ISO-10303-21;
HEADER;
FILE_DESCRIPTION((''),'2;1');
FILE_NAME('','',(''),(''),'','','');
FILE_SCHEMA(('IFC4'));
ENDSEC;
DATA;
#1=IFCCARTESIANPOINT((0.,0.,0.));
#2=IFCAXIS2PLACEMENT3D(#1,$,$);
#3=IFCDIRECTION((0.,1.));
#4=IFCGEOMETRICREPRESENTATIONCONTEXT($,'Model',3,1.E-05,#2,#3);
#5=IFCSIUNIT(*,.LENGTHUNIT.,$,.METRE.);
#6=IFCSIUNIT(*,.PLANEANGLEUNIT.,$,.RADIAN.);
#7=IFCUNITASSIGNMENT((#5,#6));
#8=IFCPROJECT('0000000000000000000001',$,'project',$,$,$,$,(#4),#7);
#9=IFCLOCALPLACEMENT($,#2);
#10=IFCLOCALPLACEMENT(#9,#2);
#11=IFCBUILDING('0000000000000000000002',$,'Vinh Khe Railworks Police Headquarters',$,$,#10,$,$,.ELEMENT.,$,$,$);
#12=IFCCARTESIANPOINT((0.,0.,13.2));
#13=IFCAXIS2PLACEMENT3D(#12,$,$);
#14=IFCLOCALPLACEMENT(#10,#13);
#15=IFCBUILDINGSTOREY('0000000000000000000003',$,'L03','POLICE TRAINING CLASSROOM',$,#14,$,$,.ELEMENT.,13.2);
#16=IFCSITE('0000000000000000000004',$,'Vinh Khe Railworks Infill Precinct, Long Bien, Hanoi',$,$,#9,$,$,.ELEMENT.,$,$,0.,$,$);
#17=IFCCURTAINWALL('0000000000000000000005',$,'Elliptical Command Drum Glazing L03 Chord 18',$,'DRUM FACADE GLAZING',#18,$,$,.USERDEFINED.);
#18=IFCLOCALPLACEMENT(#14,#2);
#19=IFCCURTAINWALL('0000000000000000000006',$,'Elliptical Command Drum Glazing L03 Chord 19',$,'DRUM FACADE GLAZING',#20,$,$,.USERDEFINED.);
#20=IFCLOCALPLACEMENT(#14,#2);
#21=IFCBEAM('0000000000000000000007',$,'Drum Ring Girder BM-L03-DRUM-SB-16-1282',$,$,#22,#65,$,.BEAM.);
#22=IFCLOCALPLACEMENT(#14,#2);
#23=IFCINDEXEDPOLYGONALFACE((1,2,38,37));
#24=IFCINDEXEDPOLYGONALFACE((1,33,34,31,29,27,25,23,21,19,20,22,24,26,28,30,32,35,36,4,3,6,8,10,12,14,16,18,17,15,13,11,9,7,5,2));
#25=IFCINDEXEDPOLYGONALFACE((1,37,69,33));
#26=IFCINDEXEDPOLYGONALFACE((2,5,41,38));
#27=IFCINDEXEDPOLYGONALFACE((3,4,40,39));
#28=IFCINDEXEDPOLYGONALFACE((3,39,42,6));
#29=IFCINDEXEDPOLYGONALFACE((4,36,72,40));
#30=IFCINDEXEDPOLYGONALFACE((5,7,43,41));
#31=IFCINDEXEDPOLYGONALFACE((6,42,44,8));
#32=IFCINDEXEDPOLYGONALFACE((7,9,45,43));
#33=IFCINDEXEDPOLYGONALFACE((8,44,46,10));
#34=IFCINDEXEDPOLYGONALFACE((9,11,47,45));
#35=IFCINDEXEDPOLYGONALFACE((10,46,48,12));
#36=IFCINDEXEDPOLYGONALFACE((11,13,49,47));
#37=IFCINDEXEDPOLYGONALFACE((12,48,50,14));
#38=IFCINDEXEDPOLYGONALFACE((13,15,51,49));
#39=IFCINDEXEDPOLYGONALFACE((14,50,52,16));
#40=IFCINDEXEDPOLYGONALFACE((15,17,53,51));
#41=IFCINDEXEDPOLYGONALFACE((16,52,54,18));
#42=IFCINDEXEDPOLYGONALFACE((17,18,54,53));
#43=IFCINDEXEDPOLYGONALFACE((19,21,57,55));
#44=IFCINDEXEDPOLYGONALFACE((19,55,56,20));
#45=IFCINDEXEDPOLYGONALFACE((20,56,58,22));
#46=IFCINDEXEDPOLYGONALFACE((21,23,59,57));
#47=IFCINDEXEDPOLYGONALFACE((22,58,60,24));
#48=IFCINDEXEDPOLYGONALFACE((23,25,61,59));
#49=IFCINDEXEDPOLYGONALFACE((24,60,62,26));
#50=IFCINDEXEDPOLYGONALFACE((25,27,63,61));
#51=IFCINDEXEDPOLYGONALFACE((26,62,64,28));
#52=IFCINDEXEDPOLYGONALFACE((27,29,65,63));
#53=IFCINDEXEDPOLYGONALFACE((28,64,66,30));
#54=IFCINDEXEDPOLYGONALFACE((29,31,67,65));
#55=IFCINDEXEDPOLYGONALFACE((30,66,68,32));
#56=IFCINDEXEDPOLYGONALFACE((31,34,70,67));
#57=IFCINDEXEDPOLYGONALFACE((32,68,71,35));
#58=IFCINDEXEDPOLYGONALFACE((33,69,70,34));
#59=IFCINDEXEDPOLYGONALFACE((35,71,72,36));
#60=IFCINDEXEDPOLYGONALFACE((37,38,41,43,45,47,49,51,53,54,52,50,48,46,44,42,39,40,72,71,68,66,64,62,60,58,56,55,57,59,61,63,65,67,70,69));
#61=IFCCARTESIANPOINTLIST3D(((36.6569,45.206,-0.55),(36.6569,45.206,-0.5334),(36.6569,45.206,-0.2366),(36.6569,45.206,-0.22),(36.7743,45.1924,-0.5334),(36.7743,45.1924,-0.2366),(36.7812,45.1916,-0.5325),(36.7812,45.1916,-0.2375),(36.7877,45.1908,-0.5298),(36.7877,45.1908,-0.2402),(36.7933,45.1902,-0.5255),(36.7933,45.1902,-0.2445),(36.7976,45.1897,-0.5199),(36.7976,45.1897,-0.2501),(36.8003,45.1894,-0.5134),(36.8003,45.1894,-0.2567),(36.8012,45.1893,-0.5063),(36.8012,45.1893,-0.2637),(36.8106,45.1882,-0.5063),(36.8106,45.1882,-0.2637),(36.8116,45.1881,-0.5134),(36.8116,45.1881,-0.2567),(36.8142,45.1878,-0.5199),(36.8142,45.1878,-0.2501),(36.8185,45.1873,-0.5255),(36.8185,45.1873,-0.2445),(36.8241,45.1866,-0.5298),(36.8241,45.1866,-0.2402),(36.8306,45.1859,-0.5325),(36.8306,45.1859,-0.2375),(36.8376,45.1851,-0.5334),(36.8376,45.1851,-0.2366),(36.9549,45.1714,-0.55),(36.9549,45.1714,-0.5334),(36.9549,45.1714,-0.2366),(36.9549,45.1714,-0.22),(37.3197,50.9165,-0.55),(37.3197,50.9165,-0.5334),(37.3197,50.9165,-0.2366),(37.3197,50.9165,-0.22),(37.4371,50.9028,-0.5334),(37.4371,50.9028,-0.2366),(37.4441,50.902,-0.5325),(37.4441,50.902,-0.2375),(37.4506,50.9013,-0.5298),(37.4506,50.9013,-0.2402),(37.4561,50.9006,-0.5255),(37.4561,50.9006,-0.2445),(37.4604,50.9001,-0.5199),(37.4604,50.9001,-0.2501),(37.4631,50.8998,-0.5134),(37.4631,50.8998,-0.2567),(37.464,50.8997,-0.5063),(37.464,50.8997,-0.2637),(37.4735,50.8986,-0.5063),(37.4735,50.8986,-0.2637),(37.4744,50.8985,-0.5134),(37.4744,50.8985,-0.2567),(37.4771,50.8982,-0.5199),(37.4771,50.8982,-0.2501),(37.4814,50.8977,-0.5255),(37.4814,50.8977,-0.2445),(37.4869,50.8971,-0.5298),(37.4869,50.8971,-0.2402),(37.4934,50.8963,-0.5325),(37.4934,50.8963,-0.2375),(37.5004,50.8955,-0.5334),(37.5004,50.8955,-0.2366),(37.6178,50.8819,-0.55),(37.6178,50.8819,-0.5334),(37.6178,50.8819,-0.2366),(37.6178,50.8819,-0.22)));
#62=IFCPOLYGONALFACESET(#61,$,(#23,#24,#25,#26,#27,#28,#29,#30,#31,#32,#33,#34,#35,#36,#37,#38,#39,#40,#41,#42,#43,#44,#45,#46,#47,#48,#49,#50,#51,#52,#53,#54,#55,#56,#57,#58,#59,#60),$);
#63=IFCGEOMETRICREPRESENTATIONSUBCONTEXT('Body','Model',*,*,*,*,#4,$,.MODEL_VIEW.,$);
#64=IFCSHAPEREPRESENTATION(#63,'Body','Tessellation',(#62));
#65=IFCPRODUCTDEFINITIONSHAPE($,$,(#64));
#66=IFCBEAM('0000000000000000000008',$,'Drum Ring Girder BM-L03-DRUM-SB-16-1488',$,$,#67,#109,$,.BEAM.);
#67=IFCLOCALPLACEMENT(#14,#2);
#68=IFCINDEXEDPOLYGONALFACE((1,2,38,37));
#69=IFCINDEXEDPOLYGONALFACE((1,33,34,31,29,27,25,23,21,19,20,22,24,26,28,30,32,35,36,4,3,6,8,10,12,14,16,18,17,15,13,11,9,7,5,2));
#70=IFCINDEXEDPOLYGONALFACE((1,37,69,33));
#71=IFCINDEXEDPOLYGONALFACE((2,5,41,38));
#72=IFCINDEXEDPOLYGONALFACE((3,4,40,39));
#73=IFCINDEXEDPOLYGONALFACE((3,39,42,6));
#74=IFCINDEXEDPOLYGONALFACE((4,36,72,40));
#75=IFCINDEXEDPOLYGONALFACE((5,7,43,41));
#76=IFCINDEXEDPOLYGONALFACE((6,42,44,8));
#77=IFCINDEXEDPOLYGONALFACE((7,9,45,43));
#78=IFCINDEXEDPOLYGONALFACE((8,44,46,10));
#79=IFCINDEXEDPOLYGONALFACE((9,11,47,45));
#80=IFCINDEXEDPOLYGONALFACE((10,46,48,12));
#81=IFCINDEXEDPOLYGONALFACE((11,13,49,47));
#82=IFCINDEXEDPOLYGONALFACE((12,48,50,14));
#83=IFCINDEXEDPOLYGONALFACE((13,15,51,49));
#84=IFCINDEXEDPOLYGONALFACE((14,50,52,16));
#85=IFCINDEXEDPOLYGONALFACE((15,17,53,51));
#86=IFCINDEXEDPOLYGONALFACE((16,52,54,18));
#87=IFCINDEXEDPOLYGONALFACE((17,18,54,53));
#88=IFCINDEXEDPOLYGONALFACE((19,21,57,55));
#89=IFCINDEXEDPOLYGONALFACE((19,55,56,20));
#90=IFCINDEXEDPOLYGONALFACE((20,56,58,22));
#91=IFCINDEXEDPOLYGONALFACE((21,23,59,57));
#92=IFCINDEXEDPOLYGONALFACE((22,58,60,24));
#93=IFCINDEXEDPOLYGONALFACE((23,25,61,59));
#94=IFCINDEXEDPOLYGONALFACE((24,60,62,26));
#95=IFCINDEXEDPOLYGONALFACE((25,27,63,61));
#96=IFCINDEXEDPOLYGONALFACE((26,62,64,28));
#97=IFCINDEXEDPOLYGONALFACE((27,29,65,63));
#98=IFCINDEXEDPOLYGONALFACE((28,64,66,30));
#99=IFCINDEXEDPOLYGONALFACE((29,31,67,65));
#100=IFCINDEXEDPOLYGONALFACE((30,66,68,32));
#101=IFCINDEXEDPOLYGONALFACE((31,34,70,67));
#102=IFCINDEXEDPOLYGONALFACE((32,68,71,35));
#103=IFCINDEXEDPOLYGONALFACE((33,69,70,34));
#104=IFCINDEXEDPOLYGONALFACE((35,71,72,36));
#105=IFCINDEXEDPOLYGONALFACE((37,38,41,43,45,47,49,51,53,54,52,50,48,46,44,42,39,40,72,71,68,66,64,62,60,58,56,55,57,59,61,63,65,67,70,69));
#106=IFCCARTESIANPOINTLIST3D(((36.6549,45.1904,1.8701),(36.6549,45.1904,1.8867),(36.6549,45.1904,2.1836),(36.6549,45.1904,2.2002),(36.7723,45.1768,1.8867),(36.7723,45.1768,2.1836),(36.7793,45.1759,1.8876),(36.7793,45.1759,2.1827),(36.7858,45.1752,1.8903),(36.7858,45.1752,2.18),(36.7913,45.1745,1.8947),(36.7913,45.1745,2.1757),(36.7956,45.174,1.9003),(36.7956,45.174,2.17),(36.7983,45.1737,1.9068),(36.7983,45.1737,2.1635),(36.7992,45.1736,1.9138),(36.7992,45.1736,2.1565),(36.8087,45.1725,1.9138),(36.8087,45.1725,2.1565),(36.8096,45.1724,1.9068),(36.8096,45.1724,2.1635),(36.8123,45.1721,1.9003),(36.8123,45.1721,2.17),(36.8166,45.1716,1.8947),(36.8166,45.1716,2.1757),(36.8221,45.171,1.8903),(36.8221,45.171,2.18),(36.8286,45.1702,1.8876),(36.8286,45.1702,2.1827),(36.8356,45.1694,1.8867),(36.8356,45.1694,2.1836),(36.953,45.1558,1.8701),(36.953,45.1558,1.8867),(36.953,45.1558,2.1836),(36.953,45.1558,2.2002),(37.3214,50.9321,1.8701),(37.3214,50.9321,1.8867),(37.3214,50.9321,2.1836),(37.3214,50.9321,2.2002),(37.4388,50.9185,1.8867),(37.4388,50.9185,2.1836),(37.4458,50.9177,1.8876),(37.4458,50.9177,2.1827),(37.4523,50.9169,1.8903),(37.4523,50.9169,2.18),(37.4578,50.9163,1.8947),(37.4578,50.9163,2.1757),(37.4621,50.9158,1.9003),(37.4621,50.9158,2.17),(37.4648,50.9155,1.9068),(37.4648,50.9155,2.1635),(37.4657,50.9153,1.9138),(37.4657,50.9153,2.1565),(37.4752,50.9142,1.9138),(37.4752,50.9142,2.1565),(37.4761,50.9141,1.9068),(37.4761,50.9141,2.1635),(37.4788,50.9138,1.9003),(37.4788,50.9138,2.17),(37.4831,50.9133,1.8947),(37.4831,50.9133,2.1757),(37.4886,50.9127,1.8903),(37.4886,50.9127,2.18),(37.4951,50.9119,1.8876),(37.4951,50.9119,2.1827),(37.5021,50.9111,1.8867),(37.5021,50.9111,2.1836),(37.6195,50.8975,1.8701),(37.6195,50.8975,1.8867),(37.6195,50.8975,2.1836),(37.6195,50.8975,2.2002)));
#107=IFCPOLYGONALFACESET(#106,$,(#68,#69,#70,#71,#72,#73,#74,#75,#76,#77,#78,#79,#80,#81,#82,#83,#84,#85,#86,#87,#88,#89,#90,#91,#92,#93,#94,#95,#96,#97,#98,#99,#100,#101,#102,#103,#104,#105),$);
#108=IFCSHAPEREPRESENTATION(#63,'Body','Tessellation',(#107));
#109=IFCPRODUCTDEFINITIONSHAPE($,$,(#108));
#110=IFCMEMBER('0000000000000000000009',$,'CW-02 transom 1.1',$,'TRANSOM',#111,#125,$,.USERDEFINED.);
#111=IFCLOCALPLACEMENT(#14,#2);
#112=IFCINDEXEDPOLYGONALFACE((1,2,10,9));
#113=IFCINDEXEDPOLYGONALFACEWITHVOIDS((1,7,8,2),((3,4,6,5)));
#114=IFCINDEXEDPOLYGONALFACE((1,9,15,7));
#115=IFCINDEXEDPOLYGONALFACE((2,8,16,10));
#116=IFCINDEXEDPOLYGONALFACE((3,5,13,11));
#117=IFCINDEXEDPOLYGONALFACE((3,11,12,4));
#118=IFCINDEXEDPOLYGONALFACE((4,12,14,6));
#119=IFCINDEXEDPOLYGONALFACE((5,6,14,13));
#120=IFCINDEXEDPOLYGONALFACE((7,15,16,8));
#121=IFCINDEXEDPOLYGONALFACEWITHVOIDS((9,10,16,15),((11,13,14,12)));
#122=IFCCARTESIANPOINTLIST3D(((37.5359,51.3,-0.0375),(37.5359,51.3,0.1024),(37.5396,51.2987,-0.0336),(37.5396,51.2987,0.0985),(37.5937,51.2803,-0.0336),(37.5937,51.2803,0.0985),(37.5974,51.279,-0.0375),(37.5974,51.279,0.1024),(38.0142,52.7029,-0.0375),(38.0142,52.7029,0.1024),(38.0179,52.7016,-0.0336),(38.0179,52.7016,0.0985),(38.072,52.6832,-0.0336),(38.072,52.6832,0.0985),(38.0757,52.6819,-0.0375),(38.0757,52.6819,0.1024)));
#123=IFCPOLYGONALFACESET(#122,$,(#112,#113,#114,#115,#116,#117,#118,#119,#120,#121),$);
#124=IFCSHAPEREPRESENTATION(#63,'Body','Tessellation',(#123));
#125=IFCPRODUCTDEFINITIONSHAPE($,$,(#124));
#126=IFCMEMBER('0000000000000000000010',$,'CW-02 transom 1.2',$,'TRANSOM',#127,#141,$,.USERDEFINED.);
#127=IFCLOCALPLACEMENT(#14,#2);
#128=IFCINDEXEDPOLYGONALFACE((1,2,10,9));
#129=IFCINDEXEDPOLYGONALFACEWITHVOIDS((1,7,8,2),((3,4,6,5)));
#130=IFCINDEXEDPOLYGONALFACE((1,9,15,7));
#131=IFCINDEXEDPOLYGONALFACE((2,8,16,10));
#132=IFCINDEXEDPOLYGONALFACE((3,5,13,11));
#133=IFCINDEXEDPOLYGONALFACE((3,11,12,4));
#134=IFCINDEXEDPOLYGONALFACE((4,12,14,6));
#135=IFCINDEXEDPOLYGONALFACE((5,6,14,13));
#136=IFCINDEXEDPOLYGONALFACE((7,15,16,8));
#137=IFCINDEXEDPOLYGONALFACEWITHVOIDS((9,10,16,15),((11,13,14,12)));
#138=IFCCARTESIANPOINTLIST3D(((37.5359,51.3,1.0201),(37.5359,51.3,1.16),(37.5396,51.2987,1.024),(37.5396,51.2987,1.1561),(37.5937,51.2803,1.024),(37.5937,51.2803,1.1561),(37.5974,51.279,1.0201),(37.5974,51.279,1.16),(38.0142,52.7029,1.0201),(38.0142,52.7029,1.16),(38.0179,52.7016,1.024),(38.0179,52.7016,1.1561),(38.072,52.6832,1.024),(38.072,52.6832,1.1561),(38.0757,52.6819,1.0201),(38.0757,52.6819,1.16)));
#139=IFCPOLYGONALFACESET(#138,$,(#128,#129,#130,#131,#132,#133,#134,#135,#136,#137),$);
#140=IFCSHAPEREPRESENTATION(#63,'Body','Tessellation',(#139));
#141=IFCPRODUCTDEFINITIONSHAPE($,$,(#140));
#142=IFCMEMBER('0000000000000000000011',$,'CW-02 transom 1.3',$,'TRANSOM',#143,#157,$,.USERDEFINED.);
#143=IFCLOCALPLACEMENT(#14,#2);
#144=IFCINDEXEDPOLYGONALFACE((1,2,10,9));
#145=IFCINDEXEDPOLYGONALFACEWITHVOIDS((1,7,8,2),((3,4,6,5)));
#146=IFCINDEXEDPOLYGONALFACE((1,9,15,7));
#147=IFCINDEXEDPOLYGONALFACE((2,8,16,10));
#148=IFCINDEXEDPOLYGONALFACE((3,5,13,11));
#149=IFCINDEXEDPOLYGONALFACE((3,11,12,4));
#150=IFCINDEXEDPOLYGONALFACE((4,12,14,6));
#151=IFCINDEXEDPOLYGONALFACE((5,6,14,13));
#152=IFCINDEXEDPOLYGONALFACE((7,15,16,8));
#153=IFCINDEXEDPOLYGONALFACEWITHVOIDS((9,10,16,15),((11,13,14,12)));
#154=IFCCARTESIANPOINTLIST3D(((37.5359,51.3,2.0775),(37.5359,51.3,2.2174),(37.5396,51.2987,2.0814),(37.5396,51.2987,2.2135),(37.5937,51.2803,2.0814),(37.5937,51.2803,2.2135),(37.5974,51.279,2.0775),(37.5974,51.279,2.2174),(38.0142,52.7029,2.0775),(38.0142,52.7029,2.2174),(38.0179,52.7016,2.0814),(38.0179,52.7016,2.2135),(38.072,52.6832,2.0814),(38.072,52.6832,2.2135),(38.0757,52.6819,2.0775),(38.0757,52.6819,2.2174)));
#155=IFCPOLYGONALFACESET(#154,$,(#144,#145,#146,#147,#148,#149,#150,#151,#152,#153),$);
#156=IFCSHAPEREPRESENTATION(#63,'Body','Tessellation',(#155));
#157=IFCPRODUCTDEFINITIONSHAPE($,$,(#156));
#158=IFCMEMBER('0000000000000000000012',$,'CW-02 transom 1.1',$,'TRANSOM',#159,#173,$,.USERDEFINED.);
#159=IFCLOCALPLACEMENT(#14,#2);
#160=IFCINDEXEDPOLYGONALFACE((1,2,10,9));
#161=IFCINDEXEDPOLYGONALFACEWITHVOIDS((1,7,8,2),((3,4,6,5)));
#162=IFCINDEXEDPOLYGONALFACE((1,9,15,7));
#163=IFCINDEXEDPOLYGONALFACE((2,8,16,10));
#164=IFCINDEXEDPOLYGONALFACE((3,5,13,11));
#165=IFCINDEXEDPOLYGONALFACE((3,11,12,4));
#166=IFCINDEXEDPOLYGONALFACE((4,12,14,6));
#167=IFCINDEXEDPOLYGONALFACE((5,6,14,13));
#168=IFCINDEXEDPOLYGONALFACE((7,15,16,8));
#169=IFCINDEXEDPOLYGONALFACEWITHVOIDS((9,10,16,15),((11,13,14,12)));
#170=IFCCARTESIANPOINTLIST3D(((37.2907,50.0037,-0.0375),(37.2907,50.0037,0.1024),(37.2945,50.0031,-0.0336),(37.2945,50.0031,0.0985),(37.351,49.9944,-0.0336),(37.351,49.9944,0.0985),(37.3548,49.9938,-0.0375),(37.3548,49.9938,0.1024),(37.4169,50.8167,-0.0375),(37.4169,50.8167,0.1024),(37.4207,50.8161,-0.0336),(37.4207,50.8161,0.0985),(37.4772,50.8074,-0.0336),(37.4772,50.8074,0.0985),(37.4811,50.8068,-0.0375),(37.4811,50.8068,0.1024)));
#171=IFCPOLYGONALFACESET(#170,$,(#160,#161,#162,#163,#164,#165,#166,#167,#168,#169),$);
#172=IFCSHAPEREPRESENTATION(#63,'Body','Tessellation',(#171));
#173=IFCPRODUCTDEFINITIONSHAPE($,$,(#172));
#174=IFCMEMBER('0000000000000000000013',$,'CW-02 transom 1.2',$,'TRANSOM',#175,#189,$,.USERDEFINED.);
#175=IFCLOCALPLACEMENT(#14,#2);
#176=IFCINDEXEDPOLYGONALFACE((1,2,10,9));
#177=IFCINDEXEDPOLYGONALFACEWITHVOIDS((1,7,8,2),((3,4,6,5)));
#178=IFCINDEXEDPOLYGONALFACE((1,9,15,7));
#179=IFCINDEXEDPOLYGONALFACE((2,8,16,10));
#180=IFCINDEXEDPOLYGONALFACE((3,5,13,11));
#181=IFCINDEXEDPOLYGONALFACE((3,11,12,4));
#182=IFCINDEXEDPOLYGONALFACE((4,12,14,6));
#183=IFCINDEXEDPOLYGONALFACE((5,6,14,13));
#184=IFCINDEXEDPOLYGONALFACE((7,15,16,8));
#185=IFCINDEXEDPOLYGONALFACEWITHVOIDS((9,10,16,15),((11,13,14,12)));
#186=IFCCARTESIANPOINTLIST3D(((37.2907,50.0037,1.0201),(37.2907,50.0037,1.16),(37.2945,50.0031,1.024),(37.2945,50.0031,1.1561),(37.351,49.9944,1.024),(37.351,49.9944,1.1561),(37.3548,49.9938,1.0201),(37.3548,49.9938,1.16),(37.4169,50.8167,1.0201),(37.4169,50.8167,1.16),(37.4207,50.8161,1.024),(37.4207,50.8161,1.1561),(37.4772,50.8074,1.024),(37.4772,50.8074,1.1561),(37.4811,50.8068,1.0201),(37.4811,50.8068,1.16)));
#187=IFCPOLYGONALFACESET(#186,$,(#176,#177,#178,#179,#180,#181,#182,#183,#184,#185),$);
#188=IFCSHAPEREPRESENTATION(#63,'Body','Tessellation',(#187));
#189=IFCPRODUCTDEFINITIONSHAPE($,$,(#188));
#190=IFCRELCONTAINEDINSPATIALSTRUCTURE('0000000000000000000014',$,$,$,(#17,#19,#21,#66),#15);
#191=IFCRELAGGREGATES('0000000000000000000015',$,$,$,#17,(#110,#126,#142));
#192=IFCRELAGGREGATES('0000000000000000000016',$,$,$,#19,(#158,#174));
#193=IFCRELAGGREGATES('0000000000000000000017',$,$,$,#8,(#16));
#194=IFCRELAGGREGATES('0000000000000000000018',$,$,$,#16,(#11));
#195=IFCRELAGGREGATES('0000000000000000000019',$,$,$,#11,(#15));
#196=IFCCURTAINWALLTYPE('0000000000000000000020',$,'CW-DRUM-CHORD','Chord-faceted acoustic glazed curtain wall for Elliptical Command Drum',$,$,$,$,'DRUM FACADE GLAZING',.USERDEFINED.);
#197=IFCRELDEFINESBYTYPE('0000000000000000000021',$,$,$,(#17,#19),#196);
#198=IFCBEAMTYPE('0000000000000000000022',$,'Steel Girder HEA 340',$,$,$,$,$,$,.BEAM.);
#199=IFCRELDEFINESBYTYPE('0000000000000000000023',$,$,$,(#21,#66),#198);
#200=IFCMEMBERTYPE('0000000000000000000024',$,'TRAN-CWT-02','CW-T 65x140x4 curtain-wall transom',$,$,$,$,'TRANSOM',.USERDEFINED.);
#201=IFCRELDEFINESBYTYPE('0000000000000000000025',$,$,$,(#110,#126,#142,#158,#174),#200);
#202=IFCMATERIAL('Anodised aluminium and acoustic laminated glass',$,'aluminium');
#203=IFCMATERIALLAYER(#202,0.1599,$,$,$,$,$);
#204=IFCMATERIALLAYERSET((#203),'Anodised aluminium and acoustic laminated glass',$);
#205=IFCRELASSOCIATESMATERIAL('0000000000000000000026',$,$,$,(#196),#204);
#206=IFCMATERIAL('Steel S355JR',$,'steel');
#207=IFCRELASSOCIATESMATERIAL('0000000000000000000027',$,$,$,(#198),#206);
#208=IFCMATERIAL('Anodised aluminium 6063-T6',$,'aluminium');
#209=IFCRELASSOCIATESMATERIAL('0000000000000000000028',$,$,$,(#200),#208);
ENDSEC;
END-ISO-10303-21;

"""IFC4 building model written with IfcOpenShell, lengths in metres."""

from ifc_helpers import new_model, si_unit, direction, frame, origin, origin_2d, place, context, subcontext, project, spatial, hollow_rectangle, i_section, extrude, material, layer, layer_set, material_profile, profile_set, type_object, element, aggregate, save


model = new_model("IFC4")

# Units and contexts
model_context = context("Model", 3, precision=1e-05, world=origin(), true_north=direction((0.0, 1.0)))
body_context = subcontext(model_context, "Body", "Model", "MODEL_VIEW")
ifc_project = project(units=[si_unit("LENGTHUNIT", "METRE"), si_unit("PLANEANGLEUNIT", "RADIAN")], contexts=[model_context])

# Site, building, storey
site_placement = place(None, origin())
site = spatial("IfcSite", under=ifc_project, at=site_placement, Name="Vinh Khe Railworks Infill Precinct, Long Bien, Hanoi", CompositionType="ELEMENT", RefElevation=0.0)
building_placement = place(site_placement, origin())
building = spatial("IfcBuilding", under=site, at=building_placement, Name="Vinh Khe Railworks Police Headquarters", CompositionType="ELEMENT")
storey_placement = place(building_placement, frame((0.0, 0.0, 13.2)))
storey = spatial("IfcBuildingStorey", under=building, at=storey_placement, Name="L03", Description="POLICE TRAINING CLASSROOM", CompositionType="ELEMENT", Elevation=13.2)

# Shared definitions
ifc_material_1 = material(Name="Steel S355JR", Category="steel")

# Shared definitions
ifc_material_2 = material(Name="Anodised aluminium and acoustic laminated glass", Category="aluminium")
ifc_layer_1 = layer(ifc_material_2, 0.1599)
ifc_layer_set_1 = layer_set([ifc_layer_1], Name="Anodised aluminium and acoustic laminated glass")
curtain_wall_type = type_object("IfcCurtainWallType", Name="CW-DRUM-CHORD", Description="Chord-faceted acoustic glazed curtain wall for Elliptical Command Drum", ElementType="DRUM FACADE GLAZING", PredefinedType="USERDEFINED", material=ifc_layer_set_1)
ifc_material_3 = material(Name="Anodised aluminium 6063-T6", Category="aluminium")

# Curtain walls
curtain_wall_1_placement = place(storey_placement, origin())
curtain_wall_1 = element("IfcCurtainWall", 1, at=curtain_wall_1_placement, inside=storey, type_object=curtain_wall_type, Name="Elliptical Command Drum Glazing L03 Chord 18", ObjectType="DRUM FACADE GLAZING", PredefinedType="USERDEFINED")
curtain_wall_2_placement = place(storey_placement, origin())
curtain_wall_2 = element("IfcCurtainWall", 2, at=curtain_wall_2_placement, inside=storey, type_object=curtain_wall_type, Name="Elliptical Command Drum Glazing L03 Chord 19", ObjectType="DRUM FACADE GLAZING", PredefinedType="USERDEFINED")

# Beams
ifc_material_profile_1 = material_profile(ifc_material_1, i_section(OverallWidth=0.3, OverallDepth=0.3301, WebThickness=0.0095, FlangeThickness=0.0166, FilletRadius=0.0271, at=origin_2d()), Name="HEA 340")
ifc_profile_set_1 = profile_set([ifc_material_profile_1], Name="Steel S355JR")
beam_type = type_object("IfcBeamType", Name="Steel Girder HEA 340", PredefinedType="BEAM", material=ifc_profile_set_1)
beam_1_placement = place(storey_placement, frame((37.4688, 50.8992, -0.385), z_axis=(-0.115301, -0.993331, 0.0), x_axis=(0.993331, -0.115301, 0.0)))
element("IfcBeam", 3, at=beam_1_placement, inside=storey, type_object=beam_type, Name="Drum Ring Girder BM-L03-DRUM-SB-16-1282", PredefinedType="BEAM", context=body_context, shape_type="SweptSolid", body=[
    extrude(i_section(OverallWidth=0.3, OverallDepth=0.3301, WebThickness=0.0095, FlangeThickness=0.0166, FilletRadius=0.0271, at=origin_2d()), origin(), (0.0, 0.0, 1.0), 5.7488),
])
beam_2_placement = place(storey_placement, frame((37.4705, 50.9148, 2.0352), z_axis=(-0.115307, -0.99333, 0.0), x_axis=(0.99333, -0.115307, 0.0)))
element("IfcBeam", 4, at=beam_2_placement, inside=storey, type_object=beam_type, Name="Drum Ring Girder BM-L03-DRUM-SB-16-1488", PredefinedType="BEAM", context=body_context, shape_type="SweptSolid", body=[
    extrude(i_section(OverallWidth=0.3, OverallDepth=0.3301, WebThickness=0.0095, FlangeThickness=0.0166, FilletRadius=0.0271, at=origin_2d()), origin(), (0.0, 0.0, 1.0), 5.7803),
])

# Members
ifc_material_profile_2 = material_profile(ifc_material_3, hollow_rectangle(XDim=0.0649, YDim=0.1399, WallThickness=0.0039, at=origin_2d()), Name="CW-T 65x140x4")
ifc_profile_set_2 = profile_set([ifc_material_profile_2], Name="Anodised aluminium 6063-T6")
member_type_1 = type_object("IfcMemberType", Name="TRAN-CWT-02", Description="CW-T 65x140x4 curtain-wall transom", ElementType="TRANSOM", PredefinedType="USERDEFINED", material=ifc_profile_set_2)
member_1_placement = place(storey_placement, frame((38.0449, 52.6924, 0.0325), z_axis=(-0.322694, -0.946503, 0.0), x_axis=(0.946503, -0.322694, 0.0)))
member_1 = element("IfcMember", 5, at=member_1_placement, type_object=member_type_1, Name="CW-02 transom 1.1", ObjectType="TRANSOM", PredefinedType="USERDEFINED", context=body_context, shape_type="SweptSolid", body=[
    extrude(hollow_rectangle(XDim=0.0649, YDim=0.1399, WallThickness=0.0039, at=origin_2d()), origin(), (0.0, 0.0, 1.0), 1.4822),
])
member_2_placement = place(storey_placement, frame((38.0449, 52.6924, 1.0901), z_axis=(-0.322694, -0.946503, 0.0), x_axis=(0.946503, -0.322694, 0.0)))
member_2 = element("IfcMember", 6, at=member_2_placement, type_object=member_type_1, Name="CW-02 transom 1.2", ObjectType="TRANSOM", PredefinedType="USERDEFINED", context=body_context, shape_type="SweptSolid", body=[
    extrude(hollow_rectangle(XDim=0.0649, YDim=0.1399, WallThickness=0.0039, at=origin_2d()), origin(), (0.0, 0.0, 1.0), 1.4822),
])
member_3_placement = place(storey_placement, frame((38.0449, 52.6924, 2.1475), z_axis=(-0.322694, -0.946503, 0.0), x_axis=(0.946503, -0.322694, 0.0)))
member_3 = element("IfcMember", 7, at=member_3_placement, type_object=member_type_1, Name="CW-02 transom 1.3", ObjectType="TRANSOM", PredefinedType="USERDEFINED", context=body_context, shape_type="SweptSolid", body=[
    extrude(hollow_rectangle(XDim=0.0649, YDim=0.1399, WallThickness=0.0039, at=origin_2d()), origin(), (0.0, 0.0, 1.0), 1.4822),
])
member_4_placement = place(storey_placement, frame((37.449, 50.8118, 0.0325), z_axis=(-0.153417, -0.988161, 0.0), x_axis=(0.988161, -0.153417, 0.0)))
member_4 = element("IfcMember", 8, at=member_4_placement, type_object=member_type_1, Name="CW-02 transom 1.1", ObjectType="TRANSOM", PredefinedType="USERDEFINED", context=body_context, shape_type="SweptSolid", body=[
    extrude(hollow_rectangle(XDim=0.0649, YDim=0.1399, WallThickness=0.0039, at=origin_2d()), origin(), (0.0, 0.0, 1.0), 0.8228),
])
member_5_placement = place(storey_placement, frame((37.449, 50.8118, 1.0901), z_axis=(-0.153417, -0.988161, 0.0), x_axis=(0.988161, -0.153417, 0.0)))
member_5 = element("IfcMember", 9, at=member_5_placement, type_object=member_type_1, Name="CW-02 transom 1.2", ObjectType="TRANSOM", PredefinedType="USERDEFINED", context=body_context, shape_type="SweptSolid", body=[
    extrude(hollow_rectangle(XDim=0.0649, YDim=0.1399, WallThickness=0.0039, at=origin_2d()), origin(), (0.0, 0.0, 1.0), 0.8228),
])

aggregate(curtain_wall_1, [member_1, member_2, member_3])
aggregate(curtain_wall_2, [member_4, member_5])

save(model, "model.ifc")
